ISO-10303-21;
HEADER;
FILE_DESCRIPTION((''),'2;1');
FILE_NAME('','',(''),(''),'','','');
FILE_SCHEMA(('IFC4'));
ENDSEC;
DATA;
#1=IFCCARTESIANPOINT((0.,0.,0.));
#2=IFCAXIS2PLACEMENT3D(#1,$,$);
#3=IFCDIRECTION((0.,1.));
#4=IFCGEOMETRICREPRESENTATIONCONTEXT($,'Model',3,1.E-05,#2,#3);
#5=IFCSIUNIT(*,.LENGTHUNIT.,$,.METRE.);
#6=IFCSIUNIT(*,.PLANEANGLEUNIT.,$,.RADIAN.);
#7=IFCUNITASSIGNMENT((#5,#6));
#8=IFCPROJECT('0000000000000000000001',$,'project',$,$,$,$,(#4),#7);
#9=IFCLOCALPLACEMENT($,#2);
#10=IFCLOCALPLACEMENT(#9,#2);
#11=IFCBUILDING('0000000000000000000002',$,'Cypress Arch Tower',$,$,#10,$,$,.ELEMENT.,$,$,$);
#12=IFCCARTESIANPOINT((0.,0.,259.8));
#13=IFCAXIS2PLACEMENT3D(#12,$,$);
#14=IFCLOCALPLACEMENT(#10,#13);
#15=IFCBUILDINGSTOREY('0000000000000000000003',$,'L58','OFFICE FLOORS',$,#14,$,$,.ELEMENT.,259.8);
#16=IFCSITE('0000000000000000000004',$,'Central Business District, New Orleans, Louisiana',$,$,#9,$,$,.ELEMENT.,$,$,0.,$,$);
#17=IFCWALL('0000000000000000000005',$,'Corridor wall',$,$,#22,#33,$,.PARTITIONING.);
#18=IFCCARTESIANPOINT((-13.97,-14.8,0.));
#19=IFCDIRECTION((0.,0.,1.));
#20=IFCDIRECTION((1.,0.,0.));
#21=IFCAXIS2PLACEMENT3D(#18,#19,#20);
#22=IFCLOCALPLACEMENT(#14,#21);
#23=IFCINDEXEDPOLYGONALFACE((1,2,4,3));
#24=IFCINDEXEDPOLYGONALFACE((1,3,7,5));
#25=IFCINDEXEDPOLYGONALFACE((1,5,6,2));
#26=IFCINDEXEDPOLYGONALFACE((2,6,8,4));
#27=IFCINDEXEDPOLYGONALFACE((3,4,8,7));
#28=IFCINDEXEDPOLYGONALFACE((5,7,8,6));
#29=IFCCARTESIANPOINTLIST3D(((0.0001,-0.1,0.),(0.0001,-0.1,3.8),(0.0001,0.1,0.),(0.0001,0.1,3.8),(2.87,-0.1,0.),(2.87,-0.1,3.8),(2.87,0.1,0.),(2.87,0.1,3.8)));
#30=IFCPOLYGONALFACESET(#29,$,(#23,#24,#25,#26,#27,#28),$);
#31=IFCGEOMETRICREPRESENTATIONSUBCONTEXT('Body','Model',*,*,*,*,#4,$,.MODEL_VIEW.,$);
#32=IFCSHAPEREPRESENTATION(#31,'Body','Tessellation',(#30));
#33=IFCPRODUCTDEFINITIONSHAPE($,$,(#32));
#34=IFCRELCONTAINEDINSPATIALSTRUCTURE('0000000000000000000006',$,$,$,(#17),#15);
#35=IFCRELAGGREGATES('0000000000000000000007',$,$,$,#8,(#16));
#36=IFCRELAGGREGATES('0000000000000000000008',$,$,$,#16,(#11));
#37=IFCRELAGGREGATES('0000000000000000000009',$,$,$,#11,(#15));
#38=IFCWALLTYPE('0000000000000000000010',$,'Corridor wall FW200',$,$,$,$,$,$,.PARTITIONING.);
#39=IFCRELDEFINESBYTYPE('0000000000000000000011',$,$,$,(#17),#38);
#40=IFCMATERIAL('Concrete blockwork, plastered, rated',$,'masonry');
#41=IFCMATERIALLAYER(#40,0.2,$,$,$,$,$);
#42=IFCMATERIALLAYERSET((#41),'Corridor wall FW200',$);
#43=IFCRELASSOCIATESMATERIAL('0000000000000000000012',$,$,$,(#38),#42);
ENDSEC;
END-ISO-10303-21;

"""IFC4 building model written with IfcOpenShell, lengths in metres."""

from ifc_helpers import new_model, si_unit, direction, frame, frame_2d, origin, place, context, subcontext, project, spatial, rectangle, extrude, material, layer, layer_set, type_object, element, save


model = new_model("IFC4")

# Units and contexts
model_context = context("Model", 3, precision=1e-05, world=origin(), true_north=direction((0.0, 1.0)))
body_context = subcontext(model_context, "Body", "Model", "MODEL_VIEW")
ifc_project = project(units=[si_unit("LENGTHUNIT", "METRE"), si_unit("PLANEANGLEUNIT", "RADIAN")], contexts=[model_context])

# Site, building, storey
site_placement = place(None, origin())
site = spatial("IfcSite", under=ifc_project, at=site_placement, Name="Central Business District, New Orleans, Louisiana", CompositionType="ELEMENT", RefElevation=0.0)
building_placement = place(site_placement, origin())
building = spatial("IfcBuilding", under=site, at=building_placement, Name="Cypress Arch Tower", CompositionType="ELEMENT")
storey_placement = place(building_placement, frame((0.0, 0.0, 259.8)))
storey = spatial("IfcBuildingStorey", under=building, at=storey_placement, Name="L58", Description="OFFICE FLOORS", CompositionType="ELEMENT", Elevation=259.8)

# Wall
ifc_material_1 = material(Name="Concrete blockwork, plastered, rated", Category="masonry")
ifc_layer_1 = layer(ifc_material_1, 0.2)
ifc_layer_set_1 = layer_set([ifc_layer_1], Name="Corridor wall FW200")
wall_type_1 = type_object("IfcWallType", Name="Corridor wall FW200", PredefinedType="PARTITIONING", material=ifc_layer_set_1)
wall_1_placement = place(storey_placement, frame((-13.97, -14.8, 0.0), z_axis=(0.0, 0.0, 1.0), x_axis=(1.0, 0.0, 0.0)))
element("IfcWall", 1, at=wall_1_placement, inside=storey, type_object=wall_type_1, Name="Corridor wall", PredefinedType="PARTITIONING", context=body_context, shape_type="SweptSolid", body=[
    extrude(rectangle(XDim=2.8699, YDim=0.2, at=frame_2d((1.4351, 0.0))), origin(), (0.0, 0.0, 1.0), 3.8),
])

save(model, "model.ifc")
